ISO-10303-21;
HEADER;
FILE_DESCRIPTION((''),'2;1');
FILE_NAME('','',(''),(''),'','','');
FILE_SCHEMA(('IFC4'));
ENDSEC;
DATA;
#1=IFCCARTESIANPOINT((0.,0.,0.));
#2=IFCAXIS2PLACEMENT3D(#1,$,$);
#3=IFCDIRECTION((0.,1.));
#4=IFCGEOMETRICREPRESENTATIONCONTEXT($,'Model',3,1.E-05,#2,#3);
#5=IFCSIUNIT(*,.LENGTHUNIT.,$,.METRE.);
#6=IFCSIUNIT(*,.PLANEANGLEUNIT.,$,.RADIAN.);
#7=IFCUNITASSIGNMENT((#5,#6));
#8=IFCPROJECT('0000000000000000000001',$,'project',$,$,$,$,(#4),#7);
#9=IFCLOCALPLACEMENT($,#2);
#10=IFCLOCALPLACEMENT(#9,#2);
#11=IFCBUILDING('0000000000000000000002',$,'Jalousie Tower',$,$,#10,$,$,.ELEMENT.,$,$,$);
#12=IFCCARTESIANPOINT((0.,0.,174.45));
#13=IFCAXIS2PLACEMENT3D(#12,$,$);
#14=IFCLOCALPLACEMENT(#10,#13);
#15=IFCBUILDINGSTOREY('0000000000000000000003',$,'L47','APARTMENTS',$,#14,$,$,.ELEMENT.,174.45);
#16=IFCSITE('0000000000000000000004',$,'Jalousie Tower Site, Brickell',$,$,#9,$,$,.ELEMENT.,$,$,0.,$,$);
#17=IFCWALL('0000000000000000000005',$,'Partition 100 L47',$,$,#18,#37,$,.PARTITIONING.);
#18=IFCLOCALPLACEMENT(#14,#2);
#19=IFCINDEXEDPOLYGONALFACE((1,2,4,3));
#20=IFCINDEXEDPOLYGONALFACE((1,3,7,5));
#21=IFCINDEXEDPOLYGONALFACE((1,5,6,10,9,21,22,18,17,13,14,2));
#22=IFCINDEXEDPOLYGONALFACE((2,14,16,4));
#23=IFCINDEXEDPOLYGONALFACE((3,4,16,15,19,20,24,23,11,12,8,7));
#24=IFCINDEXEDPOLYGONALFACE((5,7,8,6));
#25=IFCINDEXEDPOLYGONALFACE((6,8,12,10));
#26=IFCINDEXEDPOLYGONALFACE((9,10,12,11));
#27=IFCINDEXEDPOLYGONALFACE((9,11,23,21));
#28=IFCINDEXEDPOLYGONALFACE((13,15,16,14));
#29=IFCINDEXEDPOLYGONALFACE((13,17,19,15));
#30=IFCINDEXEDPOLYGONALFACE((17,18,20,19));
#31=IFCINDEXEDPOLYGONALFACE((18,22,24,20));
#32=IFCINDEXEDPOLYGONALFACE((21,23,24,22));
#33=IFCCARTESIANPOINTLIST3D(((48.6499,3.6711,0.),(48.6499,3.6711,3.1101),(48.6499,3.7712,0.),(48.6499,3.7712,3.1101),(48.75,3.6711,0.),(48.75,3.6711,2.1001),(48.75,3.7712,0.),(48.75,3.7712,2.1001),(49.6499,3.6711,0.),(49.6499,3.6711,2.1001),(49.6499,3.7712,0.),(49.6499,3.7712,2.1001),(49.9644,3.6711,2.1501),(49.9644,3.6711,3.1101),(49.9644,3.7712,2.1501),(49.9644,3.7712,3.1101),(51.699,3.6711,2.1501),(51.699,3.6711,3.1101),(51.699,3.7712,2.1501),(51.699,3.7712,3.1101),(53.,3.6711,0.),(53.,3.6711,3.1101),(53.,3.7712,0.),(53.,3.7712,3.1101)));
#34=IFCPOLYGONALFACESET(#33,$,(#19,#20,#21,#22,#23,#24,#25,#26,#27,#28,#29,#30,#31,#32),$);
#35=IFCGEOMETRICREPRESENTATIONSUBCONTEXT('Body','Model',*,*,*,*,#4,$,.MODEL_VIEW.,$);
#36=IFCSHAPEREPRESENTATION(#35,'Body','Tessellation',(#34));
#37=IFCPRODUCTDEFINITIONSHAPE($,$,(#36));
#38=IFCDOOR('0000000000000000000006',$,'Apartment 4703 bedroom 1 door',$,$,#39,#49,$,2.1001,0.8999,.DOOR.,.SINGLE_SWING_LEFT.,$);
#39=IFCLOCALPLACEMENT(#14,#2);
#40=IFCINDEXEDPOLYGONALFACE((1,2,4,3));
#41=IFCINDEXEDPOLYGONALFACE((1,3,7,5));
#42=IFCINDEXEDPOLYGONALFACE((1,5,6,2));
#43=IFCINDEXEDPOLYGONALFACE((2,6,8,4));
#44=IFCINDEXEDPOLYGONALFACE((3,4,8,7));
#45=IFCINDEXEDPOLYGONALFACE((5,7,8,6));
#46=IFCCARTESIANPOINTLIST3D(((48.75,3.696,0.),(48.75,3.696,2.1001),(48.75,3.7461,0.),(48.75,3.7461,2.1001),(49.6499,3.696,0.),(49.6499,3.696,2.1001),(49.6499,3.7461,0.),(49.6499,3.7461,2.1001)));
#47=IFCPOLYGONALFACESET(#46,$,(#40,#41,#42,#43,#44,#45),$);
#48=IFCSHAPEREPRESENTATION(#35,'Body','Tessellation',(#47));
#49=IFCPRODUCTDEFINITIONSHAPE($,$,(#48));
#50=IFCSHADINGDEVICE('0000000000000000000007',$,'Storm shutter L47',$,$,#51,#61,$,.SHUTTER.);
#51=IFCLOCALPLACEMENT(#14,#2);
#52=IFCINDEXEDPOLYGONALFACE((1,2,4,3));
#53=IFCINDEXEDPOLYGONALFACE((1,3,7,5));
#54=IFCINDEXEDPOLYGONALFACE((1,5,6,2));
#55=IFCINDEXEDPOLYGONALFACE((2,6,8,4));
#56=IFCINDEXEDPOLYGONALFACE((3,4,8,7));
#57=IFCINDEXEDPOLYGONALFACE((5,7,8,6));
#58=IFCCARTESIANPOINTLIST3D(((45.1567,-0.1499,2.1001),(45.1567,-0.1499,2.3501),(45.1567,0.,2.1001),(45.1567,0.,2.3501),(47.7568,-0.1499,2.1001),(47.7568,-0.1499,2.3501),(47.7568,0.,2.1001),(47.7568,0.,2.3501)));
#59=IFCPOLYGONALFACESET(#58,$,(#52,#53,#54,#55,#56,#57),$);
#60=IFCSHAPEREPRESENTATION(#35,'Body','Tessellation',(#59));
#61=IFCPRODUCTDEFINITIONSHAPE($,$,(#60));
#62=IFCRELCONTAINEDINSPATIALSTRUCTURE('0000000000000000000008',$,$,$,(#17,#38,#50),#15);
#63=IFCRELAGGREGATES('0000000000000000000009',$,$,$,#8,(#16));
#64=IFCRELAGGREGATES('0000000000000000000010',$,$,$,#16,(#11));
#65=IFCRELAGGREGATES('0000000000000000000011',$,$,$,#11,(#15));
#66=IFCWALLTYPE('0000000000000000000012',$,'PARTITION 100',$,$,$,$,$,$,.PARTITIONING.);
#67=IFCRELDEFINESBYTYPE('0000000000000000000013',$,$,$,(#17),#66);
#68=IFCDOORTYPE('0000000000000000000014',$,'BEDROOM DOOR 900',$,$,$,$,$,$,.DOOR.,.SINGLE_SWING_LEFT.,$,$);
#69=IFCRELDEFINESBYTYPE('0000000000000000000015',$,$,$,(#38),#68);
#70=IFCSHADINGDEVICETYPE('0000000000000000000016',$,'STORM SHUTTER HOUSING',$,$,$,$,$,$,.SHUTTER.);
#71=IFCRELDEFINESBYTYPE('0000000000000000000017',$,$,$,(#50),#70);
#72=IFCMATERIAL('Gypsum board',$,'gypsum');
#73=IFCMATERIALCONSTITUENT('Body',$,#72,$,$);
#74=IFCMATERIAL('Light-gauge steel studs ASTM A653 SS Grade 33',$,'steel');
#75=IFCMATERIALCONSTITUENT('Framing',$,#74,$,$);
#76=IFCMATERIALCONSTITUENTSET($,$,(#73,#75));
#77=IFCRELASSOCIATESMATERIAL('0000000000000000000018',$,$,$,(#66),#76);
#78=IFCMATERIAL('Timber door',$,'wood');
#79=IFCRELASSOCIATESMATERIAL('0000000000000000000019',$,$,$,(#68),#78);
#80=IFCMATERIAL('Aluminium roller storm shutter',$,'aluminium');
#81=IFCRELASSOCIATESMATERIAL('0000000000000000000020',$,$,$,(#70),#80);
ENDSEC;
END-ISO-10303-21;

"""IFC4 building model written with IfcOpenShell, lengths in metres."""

from ifc_helpers import new_model, si_unit, direction, frame, frame_2d, origin, origin_2d, place, context, subcontext, project, spatial, polyline, rectangle, outline, extrude, material, constituent, constituent_set, type_object, element, fill, save


model = new_model("IFC4")

# Units and contexts
model_context = context("Model", 3, precision=1e-05, world=origin(), true_north=direction((0.0, 1.0)))
body_context = subcontext(model_context, "Body", "Model", "MODEL_VIEW")
ifc_project = project(units=[si_unit("LENGTHUNIT", "METRE"), si_unit("PLANEANGLEUNIT", "RADIAN")], contexts=[model_context])

# Site, building, storey
site_placement = place(None, origin())
site = spatial("IfcSite", under=ifc_project, at=site_placement, Name="Jalousie Tower Site, Brickell", CompositionType="ELEMENT", RefElevation=0.0)
building_placement = place(site_placement, origin())
building = spatial("IfcBuilding", under=site, at=building_placement, Name="Jalousie Tower", CompositionType="ELEMENT")
storey_placement = place(building_placement, frame((0.0, 0.0, 174.45)))
storey = spatial("IfcBuildingStorey", under=building, at=storey_placement, Name="L47", Description="APARTMENTS", CompositionType="ELEMENT", Elevation=174.45)

# Wall, opening, door
ifc_material_1 = material(Name="Gypsum board", Category="gypsum")
ifc_constituent_1 = constituent(ifc_material_1, Name="Body")
ifc_material_2 = material(Name="Light-gauge steel studs ASTM A653 SS Grade 33", Category="steel")
ifc_constituent_2 = constituent(ifc_material_2, Name="Framing")
ifc_constituent_set_1 = constituent_set(constituents=[ifc_constituent_1, ifc_constituent_2])
wall_type_1 = type_object("IfcWallType", Name="PARTITION 100", PredefinedType="PARTITIONING", material=ifc_constituent_set_1)
wall_1_placement = place(storey_placement, frame((48.6499, 3.7212, 0.0), z_axis=(0.0, 0.0, 1.0), x_axis=(1.0, 0.0, 0.0)))
wall_1 = element("IfcWall", 1, at=wall_1_placement, inside=storey, type_object=wall_type_1, Name="Partition 100 L47", PredefinedType="PARTITIONING", context=body_context, shape_type="SweptSolid", body=[
    extrude(outline(polyline([(0.0, 0.0), (4.3501, 0.0), (4.3501, 3.1101), (3.0491, 3.1101), (3.0491, 2.1501), (1.3145, 2.1501), (1.3145, 3.1101), (0.0, 3.1101), (0.0, 0.0)])), frame((0.0, 0.05, 0.0), z_axis=(0.0, -1.0, 0.0), x_axis=(1.0, 0.0, 0.0)), (0.0, 0.0, 1.0), 0.1001),
])
opening_placement = place(wall_1_placement, frame((0.1001, 0.0, 0.0)))
opening = element("IfcOpeningElement", 2, at=opening_placement, cuts=wall_1, PredefinedType="OPENING", context=body_context, shape_type="SweptSolid", body=[
    extrude(rectangle(XDim=0.8999, YDim=2.1001, at=frame_2d((0.45, 1.05))), frame((0.0, 0.0601, 0.0), z_axis=(0.0, -1.0, 0.0), x_axis=(1.0, 0.0, 0.0)), (0.0, 0.0, 1.0), 0.1201),
])
ifc_material_3 = material(Name="Timber door", Category="wood")
door_type = type_object("IfcDoorType", Name="BEDROOM DOOR 900", OperationType="SINGLE_SWING_LEFT", PredefinedType="DOOR", material=ifc_material_3)
door_placement = place(opening_placement, origin())
door = element("IfcDoor", 3, at=door_placement, inside=storey, type_object=door_type, Name="Apartment 4703 bedroom 1 door", OperationType="SINGLE_SWING_LEFT", OverallHeight=2.1001, OverallWidth=0.8999, PredefinedType="DOOR", context=body_context, shape_type="SweptSolid", body=[
    extrude(rectangle(XDim=0.8999, YDim=2.1001, at=frame_2d((0.45, 1.05))), frame((0.0, 0.0249, 0.0), z_axis=(0.0, -1.0, 0.0), x_axis=(1.0, 0.0, 0.0)), (0.0, 0.0, 1.0), 0.05),
])
fill(opening, door)

# Shading device
ifc_material_4 = material(Name="Aluminium roller storm shutter", Category="aluminium")
shading_device_type = type_object("IfcShadingDeviceType", Name="STORM SHUTTER HOUSING", PredefinedType="SHUTTER", material=ifc_material_4)
shading_device_placement = place(storey_placement, frame((46.4568, -0.075, 2.1001), z_axis=(0.0, 0.0, 1.0), x_axis=(1.0, 0.0, 0.0)))
element("IfcShadingDevice", 4, at=shading_device_placement, inside=storey, type_object=shading_device_type, Name="Storm shutter L47", PredefinedType="SHUTTER", context=body_context, shape_type="SweptSolid", body=[
    extrude(rectangle(XDim=2.6001, YDim=0.1499, at=origin_2d()), origin(), (0.0, 0.0, 1.0), 0.25),
])

save(model, "model.ifc")
